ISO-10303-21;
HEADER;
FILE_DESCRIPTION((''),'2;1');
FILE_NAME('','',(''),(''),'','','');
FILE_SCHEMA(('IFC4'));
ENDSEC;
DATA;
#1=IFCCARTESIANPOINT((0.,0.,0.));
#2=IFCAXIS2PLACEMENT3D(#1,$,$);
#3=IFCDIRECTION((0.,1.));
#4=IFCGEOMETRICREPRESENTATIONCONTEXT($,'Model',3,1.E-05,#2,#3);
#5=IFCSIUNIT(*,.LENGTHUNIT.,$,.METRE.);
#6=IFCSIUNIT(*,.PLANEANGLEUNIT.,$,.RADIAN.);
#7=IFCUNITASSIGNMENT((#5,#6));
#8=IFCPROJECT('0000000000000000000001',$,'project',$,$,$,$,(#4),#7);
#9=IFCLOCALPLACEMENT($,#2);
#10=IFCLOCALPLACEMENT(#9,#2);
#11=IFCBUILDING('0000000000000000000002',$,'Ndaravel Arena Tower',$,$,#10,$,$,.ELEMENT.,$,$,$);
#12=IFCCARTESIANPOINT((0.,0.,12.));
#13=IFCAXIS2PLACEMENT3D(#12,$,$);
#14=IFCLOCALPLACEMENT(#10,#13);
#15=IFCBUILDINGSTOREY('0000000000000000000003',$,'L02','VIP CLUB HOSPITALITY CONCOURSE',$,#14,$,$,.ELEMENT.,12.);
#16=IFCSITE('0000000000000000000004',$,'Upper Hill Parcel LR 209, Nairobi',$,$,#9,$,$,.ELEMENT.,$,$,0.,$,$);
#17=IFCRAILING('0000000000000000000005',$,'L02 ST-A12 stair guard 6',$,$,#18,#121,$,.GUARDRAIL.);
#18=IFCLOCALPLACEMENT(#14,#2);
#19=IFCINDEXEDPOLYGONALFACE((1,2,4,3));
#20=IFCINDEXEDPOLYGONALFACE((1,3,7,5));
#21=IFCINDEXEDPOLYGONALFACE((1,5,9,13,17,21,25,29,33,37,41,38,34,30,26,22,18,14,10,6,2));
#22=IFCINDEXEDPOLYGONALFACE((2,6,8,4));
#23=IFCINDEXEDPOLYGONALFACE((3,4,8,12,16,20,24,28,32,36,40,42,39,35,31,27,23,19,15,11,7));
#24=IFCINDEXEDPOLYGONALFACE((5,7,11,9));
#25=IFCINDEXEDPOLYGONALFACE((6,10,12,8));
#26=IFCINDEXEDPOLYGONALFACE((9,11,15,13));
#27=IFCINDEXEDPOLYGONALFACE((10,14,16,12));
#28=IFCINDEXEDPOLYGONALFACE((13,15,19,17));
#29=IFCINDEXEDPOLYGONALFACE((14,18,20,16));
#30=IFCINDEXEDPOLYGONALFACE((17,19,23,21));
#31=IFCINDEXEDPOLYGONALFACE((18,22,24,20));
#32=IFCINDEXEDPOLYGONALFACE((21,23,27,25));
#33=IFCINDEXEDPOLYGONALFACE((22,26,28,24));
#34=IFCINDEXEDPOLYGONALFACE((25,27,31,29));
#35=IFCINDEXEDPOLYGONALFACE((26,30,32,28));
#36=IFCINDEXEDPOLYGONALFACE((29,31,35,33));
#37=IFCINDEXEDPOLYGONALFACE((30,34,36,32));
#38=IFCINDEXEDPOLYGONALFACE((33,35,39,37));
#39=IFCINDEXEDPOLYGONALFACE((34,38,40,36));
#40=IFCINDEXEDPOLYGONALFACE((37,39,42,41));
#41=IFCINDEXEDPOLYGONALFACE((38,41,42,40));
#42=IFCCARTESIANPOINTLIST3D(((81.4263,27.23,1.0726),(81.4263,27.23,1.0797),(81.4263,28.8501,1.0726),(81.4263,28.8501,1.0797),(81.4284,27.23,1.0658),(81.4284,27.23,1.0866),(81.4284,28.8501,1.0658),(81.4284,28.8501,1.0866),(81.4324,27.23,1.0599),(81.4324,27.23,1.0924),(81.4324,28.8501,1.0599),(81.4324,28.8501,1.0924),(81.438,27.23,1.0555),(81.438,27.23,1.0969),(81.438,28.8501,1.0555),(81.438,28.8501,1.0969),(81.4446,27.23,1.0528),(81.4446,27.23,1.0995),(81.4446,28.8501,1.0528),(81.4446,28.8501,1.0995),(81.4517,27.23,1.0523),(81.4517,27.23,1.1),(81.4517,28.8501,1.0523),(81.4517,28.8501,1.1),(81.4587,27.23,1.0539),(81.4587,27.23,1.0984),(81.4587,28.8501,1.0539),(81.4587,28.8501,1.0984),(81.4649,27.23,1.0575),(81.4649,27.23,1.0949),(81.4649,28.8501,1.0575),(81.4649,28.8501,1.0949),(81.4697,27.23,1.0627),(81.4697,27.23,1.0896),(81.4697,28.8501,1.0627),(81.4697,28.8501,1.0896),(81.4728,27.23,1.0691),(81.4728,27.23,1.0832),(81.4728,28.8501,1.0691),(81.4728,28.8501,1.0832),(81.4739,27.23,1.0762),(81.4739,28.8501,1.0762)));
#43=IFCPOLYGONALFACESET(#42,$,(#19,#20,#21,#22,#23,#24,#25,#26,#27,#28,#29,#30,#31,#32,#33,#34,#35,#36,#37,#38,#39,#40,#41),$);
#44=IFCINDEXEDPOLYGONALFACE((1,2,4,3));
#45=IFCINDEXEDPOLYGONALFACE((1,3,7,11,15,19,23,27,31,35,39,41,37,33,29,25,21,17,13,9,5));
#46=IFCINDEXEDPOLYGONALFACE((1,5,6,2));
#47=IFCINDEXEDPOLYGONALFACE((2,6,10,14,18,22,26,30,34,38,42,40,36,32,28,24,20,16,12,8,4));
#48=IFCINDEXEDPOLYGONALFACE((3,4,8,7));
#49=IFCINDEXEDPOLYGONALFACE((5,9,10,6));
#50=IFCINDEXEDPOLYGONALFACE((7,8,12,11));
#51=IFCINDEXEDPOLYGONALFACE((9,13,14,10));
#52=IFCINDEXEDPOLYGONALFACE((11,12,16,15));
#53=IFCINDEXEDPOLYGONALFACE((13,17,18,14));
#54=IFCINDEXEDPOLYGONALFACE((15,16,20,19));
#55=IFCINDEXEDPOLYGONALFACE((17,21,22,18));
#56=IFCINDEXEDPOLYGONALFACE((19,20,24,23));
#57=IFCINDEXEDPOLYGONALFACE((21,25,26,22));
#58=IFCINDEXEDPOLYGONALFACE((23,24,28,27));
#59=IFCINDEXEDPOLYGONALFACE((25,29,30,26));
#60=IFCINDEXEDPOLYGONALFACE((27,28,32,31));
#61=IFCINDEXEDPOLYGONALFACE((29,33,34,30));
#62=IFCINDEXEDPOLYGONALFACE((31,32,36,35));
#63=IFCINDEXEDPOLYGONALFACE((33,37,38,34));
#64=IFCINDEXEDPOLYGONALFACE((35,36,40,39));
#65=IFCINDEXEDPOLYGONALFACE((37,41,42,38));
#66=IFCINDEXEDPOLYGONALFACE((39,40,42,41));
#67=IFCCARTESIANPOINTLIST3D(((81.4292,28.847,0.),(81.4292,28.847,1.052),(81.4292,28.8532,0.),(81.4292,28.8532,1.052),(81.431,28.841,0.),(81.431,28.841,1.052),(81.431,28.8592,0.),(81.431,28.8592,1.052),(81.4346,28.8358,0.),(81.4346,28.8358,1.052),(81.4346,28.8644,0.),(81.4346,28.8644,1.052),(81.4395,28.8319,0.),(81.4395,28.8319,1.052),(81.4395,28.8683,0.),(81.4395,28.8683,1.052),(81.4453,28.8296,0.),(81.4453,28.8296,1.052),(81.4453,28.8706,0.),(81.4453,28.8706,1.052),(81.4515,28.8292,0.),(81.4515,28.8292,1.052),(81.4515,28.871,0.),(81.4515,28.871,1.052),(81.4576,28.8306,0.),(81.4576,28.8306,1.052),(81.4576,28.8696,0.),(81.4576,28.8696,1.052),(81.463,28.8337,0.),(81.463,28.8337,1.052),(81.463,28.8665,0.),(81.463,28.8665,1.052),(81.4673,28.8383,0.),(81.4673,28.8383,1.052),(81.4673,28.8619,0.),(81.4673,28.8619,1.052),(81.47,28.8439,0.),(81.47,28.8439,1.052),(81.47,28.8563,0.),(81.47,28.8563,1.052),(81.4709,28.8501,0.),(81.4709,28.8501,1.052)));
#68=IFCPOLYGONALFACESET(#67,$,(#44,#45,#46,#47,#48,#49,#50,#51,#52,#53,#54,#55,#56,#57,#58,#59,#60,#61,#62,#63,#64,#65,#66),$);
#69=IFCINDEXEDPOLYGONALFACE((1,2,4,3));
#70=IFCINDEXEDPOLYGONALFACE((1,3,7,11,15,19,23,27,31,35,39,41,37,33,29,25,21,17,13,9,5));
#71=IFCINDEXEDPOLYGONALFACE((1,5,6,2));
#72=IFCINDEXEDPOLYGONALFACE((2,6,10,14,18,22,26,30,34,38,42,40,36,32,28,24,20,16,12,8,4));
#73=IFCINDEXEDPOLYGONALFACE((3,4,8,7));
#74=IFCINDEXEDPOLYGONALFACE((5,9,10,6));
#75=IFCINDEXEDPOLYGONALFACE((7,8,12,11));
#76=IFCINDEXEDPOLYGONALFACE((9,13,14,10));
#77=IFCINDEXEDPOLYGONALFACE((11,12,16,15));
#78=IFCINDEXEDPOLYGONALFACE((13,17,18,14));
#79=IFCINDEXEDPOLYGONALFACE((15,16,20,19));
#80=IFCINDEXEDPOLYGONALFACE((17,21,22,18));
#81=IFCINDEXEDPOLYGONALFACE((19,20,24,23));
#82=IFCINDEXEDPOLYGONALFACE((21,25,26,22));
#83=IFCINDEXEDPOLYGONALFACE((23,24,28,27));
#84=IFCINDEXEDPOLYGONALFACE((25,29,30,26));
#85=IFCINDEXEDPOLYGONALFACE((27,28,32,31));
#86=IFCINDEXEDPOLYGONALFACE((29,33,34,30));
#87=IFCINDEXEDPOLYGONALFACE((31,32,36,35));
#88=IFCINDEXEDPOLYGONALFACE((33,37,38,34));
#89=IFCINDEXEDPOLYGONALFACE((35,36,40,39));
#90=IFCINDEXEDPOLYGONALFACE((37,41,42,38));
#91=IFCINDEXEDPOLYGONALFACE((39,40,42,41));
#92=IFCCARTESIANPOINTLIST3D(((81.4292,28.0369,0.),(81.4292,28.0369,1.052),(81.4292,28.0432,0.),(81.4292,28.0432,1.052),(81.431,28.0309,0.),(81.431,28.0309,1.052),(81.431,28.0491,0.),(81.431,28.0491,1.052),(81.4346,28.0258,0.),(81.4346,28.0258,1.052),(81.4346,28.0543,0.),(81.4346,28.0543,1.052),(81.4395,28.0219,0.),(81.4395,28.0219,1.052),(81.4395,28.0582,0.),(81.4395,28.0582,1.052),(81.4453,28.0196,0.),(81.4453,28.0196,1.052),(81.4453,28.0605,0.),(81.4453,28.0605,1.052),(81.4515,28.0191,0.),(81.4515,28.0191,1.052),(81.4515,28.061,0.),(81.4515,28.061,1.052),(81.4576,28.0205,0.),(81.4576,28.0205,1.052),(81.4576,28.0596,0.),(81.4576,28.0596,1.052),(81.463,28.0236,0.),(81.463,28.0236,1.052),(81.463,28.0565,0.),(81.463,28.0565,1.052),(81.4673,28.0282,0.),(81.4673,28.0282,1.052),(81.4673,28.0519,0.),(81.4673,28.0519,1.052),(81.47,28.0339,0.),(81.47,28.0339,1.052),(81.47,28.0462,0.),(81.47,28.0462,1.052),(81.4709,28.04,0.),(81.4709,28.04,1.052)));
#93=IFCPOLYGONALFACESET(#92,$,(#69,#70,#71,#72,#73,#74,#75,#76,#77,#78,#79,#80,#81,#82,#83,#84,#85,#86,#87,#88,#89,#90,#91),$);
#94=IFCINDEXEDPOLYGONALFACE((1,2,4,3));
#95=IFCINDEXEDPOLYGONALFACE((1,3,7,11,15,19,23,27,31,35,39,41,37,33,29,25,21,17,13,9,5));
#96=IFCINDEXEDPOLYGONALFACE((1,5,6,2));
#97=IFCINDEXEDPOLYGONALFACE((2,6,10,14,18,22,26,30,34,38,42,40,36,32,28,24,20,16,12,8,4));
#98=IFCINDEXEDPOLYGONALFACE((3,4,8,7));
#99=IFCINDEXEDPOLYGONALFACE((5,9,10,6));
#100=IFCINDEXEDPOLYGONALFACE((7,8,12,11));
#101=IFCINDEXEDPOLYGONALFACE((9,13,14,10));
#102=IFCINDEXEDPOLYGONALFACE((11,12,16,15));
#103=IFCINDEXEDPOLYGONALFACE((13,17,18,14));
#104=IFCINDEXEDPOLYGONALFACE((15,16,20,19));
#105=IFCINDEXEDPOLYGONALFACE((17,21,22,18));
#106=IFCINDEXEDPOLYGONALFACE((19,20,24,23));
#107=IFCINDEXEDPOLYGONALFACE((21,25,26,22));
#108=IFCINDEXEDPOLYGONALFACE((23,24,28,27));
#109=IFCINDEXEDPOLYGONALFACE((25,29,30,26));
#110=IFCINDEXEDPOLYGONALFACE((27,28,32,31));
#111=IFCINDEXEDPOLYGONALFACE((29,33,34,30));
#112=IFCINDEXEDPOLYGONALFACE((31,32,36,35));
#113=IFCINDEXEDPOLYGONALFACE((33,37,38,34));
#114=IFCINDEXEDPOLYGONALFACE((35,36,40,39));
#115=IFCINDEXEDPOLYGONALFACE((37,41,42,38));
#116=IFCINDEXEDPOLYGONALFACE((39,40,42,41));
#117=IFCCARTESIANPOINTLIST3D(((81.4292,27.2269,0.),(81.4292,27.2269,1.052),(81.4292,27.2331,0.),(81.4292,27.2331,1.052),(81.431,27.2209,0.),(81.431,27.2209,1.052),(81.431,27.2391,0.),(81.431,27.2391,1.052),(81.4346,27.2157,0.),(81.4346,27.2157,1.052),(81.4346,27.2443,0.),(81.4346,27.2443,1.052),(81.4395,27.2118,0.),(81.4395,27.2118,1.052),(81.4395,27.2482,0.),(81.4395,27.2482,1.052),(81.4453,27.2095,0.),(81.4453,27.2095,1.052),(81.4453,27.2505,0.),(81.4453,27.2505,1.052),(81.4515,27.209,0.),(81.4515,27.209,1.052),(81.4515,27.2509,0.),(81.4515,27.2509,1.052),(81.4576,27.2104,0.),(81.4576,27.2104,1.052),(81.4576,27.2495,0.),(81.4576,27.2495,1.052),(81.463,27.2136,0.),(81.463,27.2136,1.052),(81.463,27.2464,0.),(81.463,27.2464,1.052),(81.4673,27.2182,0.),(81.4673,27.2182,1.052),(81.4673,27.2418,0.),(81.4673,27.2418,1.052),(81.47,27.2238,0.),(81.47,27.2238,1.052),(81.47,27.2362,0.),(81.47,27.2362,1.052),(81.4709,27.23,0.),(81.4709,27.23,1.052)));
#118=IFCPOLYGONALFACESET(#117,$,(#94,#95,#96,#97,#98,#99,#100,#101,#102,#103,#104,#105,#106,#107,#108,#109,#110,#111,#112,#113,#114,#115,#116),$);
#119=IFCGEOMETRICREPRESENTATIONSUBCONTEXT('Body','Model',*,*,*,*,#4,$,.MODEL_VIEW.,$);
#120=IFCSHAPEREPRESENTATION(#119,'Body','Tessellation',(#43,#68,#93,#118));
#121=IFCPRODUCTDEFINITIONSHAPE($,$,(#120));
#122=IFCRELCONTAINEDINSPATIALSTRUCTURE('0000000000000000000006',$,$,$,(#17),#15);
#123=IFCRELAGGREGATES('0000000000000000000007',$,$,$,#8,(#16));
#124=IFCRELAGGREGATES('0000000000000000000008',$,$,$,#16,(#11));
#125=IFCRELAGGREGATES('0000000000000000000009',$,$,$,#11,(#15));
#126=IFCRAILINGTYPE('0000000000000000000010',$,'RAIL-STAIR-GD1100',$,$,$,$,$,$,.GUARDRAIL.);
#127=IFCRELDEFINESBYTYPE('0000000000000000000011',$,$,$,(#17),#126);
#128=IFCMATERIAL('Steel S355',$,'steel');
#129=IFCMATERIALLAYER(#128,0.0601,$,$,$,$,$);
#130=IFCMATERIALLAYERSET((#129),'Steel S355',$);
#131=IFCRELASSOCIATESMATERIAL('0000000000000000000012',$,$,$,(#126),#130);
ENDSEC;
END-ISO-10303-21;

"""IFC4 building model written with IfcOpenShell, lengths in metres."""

from ifc_helpers import new_model, si_unit, direction, frame, origin, origin_2d, place, context, subcontext, project, spatial, circle, extrude, material, layer, layer_set, type_object, element, save


model = new_model("IFC4")

# Units and contexts
model_context = context("Model", 3, precision=1e-05, world=origin(), true_north=direction((0.0, 1.0)))
body_context = subcontext(model_context, "Body", "Model", "MODEL_VIEW")
ifc_project = project(units=[si_unit("LENGTHUNIT", "METRE"), si_unit("PLANEANGLEUNIT", "RADIAN")], contexts=[model_context])

# Site, building, storey
site_placement = place(None, origin())
site = spatial("IfcSite", under=ifc_project, at=site_placement, Name="Upper Hill Parcel LR 209, Nairobi", CompositionType="ELEMENT", RefElevation=0.0)
building_placement = place(site_placement, origin())
building = spatial("IfcBuilding", under=site, at=building_placement, Name="Ndaravel Arena Tower", CompositionType="ELEMENT")
storey_placement = place(building_placement, frame((0.0, 0.0, 12.0)))
storey = spatial("IfcBuildingStorey", under=building, at=storey_placement, Name="L02", Description="VIP CLUB HOSPITALITY CONCOURSE", CompositionType="ELEMENT", Elevation=12.0)

# Railing
ifc_material_1 = material(Name="Steel S355", Category="steel")
ifc_layer_1 = layer(ifc_material_1, 0.0601)
ifc_layer_set_1 = layer_set([ifc_layer_1], Name="Steel S355")
railing_type_1 = type_object("IfcRailingType", Name="RAIL-STAIR-GD1100", PredefinedType="GUARDRAIL", material=ifc_layer_set_1)
for number, where, name in (
    (1, (81.45, 28.8501, 0.0), "L02 ST-A12 stair guard 6"),
):
    element("IfcRailing", number, at=place(storey_placement, frame(where)), inside=storey, type_object=railing_type_1, Name=name, PredefinedType="GUARDRAIL", context=body_context, shape_type="SweptSolid", body=[
        extrude(circle(Radius=0.0239, at=origin_2d()), frame((0.0, 0.0, 1.0762), z_axis=(0.0, -1.0, 0.0), x_axis=(1.0, 0.0, 0.0)), (0.0, 0.0, 1.0), 1.6201),
        extrude(circle(Radius=0.021, at=origin_2d()), origin(), (0.0, 0.0, 1.0), 1.052),
        extrude(circle(Radius=0.021, at=origin_2d()), frame((0.0, -0.8101, 0.0)), (0.0, 0.0, 1.0), 1.052),
        extrude(circle(Radius=0.021, at=origin_2d()), frame((0.0, -1.6201, 0.0)), (0.0, 0.0, 1.0), 1.052),
    ])

save(model, "model.ifc")
